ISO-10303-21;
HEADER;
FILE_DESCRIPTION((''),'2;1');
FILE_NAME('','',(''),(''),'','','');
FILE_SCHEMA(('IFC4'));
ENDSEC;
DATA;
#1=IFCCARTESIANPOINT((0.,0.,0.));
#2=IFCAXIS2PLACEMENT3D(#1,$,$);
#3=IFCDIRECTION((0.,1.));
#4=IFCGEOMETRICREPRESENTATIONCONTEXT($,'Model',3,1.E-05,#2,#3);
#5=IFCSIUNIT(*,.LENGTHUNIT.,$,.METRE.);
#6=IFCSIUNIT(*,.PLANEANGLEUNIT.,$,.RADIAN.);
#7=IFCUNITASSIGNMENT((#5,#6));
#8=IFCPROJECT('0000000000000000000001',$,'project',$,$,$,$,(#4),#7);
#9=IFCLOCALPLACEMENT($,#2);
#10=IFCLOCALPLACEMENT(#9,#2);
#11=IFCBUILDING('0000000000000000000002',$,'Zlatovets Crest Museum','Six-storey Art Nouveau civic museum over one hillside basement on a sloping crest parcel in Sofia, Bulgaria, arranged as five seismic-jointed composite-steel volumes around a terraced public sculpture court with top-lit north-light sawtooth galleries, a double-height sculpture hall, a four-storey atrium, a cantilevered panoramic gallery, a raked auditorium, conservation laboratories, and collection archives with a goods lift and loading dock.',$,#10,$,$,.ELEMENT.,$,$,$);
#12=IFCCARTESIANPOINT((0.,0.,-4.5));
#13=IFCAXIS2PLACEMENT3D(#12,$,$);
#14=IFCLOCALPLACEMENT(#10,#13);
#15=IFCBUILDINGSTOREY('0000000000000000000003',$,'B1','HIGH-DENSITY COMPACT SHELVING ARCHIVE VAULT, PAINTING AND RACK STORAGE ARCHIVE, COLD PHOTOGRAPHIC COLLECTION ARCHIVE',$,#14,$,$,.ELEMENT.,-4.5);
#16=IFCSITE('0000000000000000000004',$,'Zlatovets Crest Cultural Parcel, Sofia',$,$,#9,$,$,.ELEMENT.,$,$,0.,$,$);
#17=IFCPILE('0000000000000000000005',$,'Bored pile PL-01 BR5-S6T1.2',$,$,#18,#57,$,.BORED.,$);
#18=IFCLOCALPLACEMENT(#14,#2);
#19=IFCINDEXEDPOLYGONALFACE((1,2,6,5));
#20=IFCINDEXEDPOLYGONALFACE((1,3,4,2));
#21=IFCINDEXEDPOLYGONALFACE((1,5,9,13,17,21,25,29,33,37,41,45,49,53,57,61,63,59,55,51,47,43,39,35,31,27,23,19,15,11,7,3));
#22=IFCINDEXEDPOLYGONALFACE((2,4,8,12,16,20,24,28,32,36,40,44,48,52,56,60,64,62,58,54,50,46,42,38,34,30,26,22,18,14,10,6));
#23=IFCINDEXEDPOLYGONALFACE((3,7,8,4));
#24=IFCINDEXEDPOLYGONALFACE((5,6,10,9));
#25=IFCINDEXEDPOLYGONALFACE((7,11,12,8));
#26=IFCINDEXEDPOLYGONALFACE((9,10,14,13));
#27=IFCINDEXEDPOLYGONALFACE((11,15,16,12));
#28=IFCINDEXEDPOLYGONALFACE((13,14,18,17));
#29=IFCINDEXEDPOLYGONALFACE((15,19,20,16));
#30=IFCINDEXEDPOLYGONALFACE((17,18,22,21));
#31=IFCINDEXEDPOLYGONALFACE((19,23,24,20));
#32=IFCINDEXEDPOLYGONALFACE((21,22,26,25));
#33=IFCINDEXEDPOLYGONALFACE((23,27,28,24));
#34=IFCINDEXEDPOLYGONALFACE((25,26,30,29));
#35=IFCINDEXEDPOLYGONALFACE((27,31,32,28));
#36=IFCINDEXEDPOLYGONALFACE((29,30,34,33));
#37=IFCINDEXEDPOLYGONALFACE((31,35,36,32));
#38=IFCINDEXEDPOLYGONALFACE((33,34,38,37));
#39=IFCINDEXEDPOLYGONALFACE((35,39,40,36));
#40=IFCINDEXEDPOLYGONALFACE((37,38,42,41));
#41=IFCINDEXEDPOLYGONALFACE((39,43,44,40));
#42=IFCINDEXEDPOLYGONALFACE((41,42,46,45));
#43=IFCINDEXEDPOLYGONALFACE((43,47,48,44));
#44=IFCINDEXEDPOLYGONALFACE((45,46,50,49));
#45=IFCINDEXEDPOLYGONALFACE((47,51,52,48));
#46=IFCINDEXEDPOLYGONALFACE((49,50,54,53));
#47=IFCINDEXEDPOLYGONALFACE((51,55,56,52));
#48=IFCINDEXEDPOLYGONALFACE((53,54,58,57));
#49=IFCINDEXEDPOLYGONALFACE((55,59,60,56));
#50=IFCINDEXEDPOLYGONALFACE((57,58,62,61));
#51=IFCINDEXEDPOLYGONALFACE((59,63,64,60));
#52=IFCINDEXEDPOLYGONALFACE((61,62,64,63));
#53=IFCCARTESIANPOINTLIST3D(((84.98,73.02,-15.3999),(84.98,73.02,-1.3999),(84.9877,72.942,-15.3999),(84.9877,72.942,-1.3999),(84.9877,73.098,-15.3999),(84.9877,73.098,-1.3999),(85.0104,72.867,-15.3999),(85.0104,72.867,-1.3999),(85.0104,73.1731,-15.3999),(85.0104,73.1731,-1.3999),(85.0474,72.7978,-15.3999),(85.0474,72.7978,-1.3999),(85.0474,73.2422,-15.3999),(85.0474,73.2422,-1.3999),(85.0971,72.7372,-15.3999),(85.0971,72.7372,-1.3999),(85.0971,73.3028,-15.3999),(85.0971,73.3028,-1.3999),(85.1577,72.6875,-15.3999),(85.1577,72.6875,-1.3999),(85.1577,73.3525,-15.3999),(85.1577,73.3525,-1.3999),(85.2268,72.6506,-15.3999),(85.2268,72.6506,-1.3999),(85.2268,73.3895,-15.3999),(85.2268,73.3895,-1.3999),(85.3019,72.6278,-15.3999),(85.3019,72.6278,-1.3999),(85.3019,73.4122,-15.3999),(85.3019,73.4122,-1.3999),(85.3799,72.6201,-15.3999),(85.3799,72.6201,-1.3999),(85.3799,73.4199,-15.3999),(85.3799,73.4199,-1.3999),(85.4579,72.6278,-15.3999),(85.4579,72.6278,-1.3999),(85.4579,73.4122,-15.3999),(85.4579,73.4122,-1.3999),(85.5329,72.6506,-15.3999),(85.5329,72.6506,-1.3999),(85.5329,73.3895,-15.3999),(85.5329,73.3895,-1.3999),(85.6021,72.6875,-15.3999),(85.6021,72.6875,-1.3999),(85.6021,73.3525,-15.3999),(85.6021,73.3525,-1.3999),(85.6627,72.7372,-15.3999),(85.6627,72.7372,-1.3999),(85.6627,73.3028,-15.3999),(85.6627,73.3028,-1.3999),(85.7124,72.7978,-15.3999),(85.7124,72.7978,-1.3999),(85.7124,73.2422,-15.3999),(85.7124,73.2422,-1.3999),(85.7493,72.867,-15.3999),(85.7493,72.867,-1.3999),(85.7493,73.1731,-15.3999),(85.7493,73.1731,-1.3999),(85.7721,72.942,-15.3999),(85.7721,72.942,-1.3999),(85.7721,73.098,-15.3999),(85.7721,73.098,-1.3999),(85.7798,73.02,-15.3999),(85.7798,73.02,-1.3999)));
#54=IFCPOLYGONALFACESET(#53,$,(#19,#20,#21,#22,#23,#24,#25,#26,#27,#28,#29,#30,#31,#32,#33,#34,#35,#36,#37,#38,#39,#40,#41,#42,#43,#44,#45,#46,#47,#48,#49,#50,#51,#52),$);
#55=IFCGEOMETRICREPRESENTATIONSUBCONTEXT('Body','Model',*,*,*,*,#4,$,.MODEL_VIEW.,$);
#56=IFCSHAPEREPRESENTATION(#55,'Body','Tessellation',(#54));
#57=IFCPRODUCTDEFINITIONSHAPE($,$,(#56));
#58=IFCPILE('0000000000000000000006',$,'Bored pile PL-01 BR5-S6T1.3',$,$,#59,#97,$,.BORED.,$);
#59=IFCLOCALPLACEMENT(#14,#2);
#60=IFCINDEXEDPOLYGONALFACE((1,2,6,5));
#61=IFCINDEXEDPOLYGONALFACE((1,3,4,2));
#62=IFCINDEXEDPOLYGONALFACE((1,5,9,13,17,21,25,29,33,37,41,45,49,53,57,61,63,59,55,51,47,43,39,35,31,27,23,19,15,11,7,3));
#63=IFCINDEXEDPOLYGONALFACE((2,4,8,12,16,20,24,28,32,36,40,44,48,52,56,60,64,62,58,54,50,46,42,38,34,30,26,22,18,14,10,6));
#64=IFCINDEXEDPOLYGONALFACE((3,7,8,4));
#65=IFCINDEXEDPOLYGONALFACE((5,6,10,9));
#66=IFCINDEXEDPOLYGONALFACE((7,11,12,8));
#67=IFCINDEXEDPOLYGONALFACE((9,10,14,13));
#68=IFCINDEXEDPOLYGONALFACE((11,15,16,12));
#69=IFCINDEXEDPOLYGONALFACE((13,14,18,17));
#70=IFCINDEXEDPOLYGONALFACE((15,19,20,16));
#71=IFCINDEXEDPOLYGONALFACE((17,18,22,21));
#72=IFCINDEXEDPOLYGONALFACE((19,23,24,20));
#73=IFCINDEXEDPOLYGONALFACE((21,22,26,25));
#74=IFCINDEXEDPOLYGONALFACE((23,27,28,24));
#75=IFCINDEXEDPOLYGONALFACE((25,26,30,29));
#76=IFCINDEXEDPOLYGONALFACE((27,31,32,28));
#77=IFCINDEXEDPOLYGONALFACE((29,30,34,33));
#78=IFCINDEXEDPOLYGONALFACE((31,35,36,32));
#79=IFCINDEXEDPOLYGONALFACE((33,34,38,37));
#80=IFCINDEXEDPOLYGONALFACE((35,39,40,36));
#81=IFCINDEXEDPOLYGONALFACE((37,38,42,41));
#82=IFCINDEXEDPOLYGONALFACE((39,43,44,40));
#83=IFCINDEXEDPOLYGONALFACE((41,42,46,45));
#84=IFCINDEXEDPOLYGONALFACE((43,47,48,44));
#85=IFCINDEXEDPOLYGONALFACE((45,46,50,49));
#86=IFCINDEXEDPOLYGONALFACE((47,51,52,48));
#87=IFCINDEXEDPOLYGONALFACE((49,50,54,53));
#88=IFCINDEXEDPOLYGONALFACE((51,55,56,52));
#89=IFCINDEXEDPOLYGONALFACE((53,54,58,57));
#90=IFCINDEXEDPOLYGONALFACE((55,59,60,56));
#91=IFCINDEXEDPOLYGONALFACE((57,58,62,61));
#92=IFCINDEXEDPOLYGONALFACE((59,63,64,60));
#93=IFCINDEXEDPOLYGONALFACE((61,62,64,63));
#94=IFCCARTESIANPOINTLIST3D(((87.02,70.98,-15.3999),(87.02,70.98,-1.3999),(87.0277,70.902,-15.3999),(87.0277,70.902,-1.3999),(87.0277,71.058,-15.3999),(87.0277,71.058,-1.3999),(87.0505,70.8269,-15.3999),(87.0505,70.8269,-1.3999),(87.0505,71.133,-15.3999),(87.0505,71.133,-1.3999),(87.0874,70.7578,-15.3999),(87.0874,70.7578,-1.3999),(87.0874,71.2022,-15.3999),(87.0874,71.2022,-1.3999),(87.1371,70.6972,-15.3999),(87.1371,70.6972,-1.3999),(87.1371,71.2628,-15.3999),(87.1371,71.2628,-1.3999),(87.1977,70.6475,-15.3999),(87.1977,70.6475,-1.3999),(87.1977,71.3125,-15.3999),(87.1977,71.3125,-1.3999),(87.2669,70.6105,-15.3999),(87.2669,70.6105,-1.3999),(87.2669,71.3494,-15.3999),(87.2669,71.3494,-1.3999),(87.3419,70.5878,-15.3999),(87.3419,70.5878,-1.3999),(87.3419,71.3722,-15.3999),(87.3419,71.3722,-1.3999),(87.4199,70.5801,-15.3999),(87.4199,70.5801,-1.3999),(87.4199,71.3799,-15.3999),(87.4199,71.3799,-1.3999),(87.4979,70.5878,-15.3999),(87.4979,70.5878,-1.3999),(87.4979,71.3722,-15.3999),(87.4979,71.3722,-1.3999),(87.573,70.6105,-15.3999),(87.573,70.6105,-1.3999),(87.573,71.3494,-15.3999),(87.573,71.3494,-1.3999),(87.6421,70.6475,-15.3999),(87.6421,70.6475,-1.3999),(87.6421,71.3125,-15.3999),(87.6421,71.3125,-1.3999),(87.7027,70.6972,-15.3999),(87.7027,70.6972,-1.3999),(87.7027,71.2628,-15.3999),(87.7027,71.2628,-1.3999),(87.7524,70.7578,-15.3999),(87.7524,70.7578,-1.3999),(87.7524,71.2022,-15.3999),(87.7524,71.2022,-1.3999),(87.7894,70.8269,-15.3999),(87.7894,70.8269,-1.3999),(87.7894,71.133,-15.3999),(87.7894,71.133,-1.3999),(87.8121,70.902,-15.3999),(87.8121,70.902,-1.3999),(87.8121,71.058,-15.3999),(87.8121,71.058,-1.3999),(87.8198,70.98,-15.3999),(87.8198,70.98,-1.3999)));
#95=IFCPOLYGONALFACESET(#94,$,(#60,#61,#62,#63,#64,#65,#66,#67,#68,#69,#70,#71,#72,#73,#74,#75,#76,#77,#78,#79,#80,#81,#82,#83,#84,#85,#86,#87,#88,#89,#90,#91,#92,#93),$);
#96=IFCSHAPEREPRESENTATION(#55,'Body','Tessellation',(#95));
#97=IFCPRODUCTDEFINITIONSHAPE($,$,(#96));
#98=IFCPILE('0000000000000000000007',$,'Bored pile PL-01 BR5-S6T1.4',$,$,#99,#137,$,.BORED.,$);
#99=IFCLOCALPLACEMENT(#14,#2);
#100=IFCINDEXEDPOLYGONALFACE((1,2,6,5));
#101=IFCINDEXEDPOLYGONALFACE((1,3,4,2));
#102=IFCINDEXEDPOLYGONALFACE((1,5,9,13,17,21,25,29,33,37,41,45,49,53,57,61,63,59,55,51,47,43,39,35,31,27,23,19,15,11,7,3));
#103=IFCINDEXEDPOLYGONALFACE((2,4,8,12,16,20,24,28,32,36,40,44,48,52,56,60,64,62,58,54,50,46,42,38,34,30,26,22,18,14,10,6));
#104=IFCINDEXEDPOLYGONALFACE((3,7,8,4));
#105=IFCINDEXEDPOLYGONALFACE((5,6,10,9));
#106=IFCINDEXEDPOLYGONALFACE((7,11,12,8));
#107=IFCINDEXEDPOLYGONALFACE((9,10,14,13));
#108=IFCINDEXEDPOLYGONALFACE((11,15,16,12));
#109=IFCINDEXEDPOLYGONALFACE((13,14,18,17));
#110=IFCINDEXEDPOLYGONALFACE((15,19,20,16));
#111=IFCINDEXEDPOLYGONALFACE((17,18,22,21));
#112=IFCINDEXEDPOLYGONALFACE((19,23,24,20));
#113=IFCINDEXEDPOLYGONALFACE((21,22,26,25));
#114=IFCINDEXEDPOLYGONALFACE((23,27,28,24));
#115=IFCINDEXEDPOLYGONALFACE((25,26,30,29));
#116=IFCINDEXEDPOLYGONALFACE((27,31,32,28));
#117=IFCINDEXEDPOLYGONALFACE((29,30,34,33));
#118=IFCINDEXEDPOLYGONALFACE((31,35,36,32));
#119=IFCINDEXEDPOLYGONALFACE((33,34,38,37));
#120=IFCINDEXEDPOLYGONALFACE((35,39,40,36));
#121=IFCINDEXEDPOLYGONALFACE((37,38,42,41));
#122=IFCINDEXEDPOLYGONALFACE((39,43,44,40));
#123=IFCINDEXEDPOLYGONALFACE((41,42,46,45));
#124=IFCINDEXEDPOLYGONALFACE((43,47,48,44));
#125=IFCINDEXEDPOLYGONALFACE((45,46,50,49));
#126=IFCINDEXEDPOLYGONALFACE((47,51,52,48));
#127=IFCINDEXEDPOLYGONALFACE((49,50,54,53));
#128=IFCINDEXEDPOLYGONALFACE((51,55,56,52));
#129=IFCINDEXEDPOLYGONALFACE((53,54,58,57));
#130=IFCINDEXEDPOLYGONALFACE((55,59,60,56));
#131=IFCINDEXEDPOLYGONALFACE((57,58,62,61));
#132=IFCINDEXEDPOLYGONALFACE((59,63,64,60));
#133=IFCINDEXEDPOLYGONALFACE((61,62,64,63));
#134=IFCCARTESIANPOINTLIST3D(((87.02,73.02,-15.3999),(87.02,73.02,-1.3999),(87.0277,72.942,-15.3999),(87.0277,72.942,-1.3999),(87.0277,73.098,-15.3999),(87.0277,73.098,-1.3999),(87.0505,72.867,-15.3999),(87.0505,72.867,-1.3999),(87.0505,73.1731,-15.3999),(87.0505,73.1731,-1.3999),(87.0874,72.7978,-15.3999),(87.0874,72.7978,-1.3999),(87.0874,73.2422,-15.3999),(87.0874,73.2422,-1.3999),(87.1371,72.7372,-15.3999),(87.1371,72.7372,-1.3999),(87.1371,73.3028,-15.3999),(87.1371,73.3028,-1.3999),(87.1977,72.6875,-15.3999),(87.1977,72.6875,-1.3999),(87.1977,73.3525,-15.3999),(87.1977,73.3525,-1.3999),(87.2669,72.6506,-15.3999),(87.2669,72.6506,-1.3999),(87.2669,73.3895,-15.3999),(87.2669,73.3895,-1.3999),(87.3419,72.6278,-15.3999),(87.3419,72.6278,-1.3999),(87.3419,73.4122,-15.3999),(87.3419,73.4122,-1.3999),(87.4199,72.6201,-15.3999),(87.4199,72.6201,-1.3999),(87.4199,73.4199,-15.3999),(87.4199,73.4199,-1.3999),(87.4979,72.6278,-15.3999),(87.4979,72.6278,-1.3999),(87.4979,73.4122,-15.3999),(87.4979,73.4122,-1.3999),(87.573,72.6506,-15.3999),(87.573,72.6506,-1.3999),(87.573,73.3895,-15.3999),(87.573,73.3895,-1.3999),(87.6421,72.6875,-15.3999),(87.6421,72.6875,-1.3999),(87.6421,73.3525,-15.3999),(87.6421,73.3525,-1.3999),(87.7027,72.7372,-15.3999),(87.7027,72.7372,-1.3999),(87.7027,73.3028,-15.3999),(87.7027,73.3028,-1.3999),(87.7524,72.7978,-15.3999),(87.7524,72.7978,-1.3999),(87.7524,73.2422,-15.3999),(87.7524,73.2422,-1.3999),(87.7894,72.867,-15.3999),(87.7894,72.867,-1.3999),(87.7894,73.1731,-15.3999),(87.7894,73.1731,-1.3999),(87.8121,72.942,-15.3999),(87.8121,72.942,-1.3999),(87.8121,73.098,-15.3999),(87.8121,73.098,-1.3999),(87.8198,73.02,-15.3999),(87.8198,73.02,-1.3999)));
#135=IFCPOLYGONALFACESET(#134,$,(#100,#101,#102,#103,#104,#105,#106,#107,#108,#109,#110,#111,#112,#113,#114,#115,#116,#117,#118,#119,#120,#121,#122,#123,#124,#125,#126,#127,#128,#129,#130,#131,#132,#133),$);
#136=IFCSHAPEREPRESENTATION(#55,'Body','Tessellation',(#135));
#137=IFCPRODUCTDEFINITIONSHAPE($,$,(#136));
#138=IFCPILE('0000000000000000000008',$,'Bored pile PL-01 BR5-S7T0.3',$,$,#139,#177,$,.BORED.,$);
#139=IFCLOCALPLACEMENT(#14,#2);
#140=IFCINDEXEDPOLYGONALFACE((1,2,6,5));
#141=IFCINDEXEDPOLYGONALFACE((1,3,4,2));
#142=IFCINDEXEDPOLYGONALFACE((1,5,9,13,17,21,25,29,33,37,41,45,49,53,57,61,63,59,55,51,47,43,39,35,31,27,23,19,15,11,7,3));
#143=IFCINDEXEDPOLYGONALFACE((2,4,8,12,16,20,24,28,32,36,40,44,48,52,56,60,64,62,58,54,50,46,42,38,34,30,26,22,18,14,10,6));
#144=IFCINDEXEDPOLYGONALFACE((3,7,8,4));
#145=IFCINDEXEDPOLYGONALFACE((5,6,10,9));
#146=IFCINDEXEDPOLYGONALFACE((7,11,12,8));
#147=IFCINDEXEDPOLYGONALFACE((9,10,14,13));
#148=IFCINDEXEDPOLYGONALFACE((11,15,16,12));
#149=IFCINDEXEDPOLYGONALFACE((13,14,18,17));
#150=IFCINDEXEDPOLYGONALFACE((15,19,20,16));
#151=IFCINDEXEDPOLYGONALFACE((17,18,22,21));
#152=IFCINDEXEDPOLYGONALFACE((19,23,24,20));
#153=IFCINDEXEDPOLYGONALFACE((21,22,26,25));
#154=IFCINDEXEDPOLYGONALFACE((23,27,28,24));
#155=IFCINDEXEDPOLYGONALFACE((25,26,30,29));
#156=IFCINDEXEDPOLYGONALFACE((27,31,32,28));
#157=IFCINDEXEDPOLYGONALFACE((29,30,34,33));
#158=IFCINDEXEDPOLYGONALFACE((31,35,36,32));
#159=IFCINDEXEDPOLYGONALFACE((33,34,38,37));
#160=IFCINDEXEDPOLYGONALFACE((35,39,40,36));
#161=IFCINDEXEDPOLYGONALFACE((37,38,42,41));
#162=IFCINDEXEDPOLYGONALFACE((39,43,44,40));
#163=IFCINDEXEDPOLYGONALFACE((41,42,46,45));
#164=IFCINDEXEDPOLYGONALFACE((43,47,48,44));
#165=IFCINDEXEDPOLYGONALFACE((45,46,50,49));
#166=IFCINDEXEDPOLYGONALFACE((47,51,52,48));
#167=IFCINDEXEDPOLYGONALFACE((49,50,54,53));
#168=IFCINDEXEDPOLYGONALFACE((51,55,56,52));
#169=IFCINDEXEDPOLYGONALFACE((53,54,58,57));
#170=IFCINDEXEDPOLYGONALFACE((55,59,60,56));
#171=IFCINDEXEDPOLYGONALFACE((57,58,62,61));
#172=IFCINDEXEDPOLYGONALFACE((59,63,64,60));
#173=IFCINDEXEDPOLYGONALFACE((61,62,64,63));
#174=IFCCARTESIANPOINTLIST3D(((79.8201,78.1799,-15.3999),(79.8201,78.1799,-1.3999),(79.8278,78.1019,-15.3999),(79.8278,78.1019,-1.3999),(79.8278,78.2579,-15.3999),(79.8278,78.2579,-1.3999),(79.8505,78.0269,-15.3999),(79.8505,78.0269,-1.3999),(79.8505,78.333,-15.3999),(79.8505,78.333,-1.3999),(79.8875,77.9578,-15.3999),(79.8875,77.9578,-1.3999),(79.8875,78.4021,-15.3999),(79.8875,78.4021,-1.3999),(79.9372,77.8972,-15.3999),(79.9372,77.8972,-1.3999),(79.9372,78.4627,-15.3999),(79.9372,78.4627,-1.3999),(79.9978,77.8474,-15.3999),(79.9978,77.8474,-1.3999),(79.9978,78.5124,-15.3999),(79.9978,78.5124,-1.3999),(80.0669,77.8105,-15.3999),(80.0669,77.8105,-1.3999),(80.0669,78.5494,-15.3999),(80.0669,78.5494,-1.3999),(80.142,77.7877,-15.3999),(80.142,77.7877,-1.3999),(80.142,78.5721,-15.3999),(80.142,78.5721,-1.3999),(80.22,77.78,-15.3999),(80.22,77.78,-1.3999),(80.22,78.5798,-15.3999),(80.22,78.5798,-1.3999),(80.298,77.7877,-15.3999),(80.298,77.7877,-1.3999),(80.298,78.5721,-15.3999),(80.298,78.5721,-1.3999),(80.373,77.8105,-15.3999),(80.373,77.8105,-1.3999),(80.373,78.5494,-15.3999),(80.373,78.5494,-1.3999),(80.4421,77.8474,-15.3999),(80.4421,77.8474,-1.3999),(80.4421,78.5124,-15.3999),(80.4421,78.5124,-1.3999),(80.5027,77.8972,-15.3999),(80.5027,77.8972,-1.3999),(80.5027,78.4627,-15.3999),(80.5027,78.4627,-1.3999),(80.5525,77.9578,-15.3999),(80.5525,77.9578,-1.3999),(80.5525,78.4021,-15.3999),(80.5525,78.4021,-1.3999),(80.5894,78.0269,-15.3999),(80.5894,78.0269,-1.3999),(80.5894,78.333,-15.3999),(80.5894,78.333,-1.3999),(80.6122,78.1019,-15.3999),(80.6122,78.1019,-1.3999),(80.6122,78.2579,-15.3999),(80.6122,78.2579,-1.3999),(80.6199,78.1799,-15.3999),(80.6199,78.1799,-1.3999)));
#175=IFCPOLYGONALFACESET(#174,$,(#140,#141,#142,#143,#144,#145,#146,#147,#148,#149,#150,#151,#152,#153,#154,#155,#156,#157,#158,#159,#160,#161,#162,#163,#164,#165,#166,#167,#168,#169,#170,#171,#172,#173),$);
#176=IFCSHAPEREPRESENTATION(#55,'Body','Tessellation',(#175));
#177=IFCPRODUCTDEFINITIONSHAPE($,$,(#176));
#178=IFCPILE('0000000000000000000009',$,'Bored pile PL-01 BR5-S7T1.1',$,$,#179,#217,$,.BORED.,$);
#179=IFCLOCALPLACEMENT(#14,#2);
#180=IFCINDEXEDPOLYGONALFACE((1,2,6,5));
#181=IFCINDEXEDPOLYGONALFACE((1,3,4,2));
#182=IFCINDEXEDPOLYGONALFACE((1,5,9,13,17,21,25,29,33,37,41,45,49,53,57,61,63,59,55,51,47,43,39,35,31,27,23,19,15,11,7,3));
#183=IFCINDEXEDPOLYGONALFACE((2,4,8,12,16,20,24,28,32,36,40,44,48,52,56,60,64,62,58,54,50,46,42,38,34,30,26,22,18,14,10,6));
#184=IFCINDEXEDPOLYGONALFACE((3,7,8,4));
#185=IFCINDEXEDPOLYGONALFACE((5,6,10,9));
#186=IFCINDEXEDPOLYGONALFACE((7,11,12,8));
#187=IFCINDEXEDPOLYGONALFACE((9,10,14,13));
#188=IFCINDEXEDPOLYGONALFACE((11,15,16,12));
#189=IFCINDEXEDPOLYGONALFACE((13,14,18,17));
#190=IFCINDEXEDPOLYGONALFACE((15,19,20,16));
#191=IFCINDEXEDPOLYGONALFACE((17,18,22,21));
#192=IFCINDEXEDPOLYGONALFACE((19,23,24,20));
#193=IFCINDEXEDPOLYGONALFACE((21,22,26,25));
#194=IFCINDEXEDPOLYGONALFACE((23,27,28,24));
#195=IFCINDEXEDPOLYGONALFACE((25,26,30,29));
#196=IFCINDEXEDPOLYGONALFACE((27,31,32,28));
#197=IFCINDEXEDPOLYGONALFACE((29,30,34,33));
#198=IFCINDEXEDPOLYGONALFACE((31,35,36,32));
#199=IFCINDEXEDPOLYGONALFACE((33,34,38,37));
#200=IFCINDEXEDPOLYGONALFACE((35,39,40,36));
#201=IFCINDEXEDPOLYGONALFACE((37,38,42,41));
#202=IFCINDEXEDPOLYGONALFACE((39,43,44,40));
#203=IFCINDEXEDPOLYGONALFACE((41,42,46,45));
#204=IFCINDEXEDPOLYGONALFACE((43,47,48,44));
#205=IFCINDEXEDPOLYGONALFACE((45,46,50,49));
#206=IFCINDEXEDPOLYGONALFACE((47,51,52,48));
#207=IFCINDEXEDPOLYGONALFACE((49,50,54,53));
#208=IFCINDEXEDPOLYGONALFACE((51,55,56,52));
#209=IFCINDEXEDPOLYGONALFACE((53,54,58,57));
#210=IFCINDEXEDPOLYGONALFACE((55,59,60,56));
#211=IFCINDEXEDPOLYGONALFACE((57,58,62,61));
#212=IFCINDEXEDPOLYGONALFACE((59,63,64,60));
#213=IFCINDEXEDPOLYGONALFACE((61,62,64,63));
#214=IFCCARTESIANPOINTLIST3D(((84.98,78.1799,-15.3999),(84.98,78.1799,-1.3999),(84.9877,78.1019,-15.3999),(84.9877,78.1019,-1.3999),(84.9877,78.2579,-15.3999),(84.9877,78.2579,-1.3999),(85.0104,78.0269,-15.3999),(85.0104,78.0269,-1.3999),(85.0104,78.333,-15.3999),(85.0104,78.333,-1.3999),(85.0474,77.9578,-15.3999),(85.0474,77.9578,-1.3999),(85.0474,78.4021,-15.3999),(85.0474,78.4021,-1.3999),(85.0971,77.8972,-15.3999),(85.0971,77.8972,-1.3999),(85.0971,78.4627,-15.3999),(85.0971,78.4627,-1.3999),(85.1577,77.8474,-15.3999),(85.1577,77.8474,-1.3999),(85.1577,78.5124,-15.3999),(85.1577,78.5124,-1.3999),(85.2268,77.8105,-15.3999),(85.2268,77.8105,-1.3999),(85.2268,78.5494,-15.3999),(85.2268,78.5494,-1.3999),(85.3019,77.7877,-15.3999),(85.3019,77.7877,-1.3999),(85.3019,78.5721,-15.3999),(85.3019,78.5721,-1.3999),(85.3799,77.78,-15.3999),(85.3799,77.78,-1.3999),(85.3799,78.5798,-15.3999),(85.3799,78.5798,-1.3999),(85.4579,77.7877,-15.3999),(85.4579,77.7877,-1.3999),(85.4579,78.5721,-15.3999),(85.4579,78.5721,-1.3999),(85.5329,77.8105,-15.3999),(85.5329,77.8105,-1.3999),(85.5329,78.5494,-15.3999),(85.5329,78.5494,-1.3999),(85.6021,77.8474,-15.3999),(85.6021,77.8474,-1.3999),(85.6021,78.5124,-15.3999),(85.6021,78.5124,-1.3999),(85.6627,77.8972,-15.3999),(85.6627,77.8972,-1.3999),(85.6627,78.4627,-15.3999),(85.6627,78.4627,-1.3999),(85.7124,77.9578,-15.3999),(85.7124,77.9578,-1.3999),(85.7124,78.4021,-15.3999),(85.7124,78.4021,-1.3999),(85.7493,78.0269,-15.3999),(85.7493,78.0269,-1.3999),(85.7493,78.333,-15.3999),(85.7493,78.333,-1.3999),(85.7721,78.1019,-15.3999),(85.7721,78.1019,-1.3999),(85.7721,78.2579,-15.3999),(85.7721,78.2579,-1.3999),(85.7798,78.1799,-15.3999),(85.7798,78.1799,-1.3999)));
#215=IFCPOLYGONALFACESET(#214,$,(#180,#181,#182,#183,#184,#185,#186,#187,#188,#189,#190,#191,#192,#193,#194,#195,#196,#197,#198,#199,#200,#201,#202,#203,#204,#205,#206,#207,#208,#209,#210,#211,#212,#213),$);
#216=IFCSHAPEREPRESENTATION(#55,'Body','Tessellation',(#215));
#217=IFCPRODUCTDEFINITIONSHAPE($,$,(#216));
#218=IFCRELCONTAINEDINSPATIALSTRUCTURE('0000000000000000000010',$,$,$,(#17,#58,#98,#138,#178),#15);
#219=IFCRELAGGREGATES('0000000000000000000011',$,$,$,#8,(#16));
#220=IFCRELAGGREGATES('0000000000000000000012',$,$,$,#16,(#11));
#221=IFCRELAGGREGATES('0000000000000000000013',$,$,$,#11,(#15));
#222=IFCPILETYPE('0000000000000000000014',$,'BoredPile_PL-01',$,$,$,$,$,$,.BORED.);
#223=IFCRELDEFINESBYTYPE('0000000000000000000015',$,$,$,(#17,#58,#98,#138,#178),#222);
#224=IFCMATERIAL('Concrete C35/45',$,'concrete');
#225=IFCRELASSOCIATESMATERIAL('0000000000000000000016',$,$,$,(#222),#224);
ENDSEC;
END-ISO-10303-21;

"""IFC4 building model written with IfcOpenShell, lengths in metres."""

from ifc_helpers import new_model, si_unit, direction, frame, origin, origin_2d, place, context, subcontext, project, spatial, circle, extrude, material, material_profile, profile_set, type_object, element, save


model = new_model("IFC4")

# Units and contexts
model_context = context("Model", 3, precision=1e-05, world=origin(), true_north=direction((0.0, 1.0)))
body_context = subcontext(model_context, "Body", "Model", "MODEL_VIEW")
ifc_project = project(units=[si_unit("LENGTHUNIT", "METRE"), si_unit("PLANEANGLEUNIT", "RADIAN")], contexts=[model_context])

# Site, building, storey
site_placement = place(None, origin())
site = spatial("IfcSite", under=ifc_project, at=site_placement, Name="Zlatovets Crest Cultural Parcel, Sofia", CompositionType="ELEMENT", RefElevation=0.0)
building_placement = place(site_placement, origin())
building = spatial("IfcBuilding", under=site, at=building_placement, Name="Zlatovets Crest Museum", Description="Six-storey Art Nouveau civic museum over one hillside basement on a sloping crest parcel in Sofia, Bulgaria, arranged as five seismic-jointed composite-steel volumes around a terraced public sculpture court with top-lit north-light sawtooth galleries, a double-height sculpture hall, a four-storey atrium, a cantilevered panoramic gallery, a raked auditorium, conservation laboratories, and collection archives with a goods lift and loading dock.", CompositionType="ELEMENT")
storey_placement = place(building_placement, frame((0.0, 0.0, -4.5)))
storey = spatial("IfcBuildingStorey", under=building, at=storey_placement, Name="B1", Description="HIGH-DENSITY COMPACT SHELVING ARCHIVE VAULT, PAINTING AND RACK STORAGE ARCHIVE, COLD PHOTOGRAPHIC COLLECTION ARCHIVE", CompositionType="ELEMENT", Elevation=-4.5)

# Piles
ifc_material_1 = material(Name="Concrete C35/45", Category="concrete")
ifc_material_profile_1 = material_profile(ifc_material_1, circle(Radius=0.3999, at=origin_2d()), Name="PILE D800")
ifc_profile_set_1 = profile_set([ifc_material_profile_1], Name="Concrete C35/45")
pile_type = type_object("IfcPileType", Name="BoredPile_PL-01", PredefinedType="BORED", material=ifc_profile_set_1)
for number, where, z_axis, x_axis, name in (
    (1, (85.3799, 73.02, -1.3999), (0.0, 0.0, -1.0), (1.0, 0.0, 0.0), "Bored pile PL-01 BR5-S6T1.2"),
    (2, (87.4199, 70.98, -1.3999), (0.0, 0.0, -1.0), (1.0, 0.0, 0.0), "Bored pile PL-01 BR5-S6T1.3"),
    (3, (87.4199, 73.02, -1.3999), (0.0, 0.0, -1.0), (1.0, 0.0, 0.0), "Bored pile PL-01 BR5-S6T1.4"),
    (4, (80.22, 78.1799, -1.3999), (0.0, 0.0, -1.0), (1.0, 0.0, 0.0), "Bored pile PL-01 BR5-S7T0.3"),
    (5, (85.3799, 78.1799, -1.3999), (0.0, 0.0, -1.0), (1.0, 0.0, 0.0), "Bored pile PL-01 BR5-S7T1.1"),
):
    element("IfcPile", number, at=place(storey_placement, frame(where, z_axis=z_axis, x_axis=x_axis)), inside=storey, type_object=pile_type, Name=name, PredefinedType="BORED", context=body_context, shape_type="SweptSolid", body=[
        extrude(circle(Radius=0.3999, at=origin_2d()), origin(), (0.0, 0.0, 1.0), 14.0),
    ])

save(model, "model.ifc")
